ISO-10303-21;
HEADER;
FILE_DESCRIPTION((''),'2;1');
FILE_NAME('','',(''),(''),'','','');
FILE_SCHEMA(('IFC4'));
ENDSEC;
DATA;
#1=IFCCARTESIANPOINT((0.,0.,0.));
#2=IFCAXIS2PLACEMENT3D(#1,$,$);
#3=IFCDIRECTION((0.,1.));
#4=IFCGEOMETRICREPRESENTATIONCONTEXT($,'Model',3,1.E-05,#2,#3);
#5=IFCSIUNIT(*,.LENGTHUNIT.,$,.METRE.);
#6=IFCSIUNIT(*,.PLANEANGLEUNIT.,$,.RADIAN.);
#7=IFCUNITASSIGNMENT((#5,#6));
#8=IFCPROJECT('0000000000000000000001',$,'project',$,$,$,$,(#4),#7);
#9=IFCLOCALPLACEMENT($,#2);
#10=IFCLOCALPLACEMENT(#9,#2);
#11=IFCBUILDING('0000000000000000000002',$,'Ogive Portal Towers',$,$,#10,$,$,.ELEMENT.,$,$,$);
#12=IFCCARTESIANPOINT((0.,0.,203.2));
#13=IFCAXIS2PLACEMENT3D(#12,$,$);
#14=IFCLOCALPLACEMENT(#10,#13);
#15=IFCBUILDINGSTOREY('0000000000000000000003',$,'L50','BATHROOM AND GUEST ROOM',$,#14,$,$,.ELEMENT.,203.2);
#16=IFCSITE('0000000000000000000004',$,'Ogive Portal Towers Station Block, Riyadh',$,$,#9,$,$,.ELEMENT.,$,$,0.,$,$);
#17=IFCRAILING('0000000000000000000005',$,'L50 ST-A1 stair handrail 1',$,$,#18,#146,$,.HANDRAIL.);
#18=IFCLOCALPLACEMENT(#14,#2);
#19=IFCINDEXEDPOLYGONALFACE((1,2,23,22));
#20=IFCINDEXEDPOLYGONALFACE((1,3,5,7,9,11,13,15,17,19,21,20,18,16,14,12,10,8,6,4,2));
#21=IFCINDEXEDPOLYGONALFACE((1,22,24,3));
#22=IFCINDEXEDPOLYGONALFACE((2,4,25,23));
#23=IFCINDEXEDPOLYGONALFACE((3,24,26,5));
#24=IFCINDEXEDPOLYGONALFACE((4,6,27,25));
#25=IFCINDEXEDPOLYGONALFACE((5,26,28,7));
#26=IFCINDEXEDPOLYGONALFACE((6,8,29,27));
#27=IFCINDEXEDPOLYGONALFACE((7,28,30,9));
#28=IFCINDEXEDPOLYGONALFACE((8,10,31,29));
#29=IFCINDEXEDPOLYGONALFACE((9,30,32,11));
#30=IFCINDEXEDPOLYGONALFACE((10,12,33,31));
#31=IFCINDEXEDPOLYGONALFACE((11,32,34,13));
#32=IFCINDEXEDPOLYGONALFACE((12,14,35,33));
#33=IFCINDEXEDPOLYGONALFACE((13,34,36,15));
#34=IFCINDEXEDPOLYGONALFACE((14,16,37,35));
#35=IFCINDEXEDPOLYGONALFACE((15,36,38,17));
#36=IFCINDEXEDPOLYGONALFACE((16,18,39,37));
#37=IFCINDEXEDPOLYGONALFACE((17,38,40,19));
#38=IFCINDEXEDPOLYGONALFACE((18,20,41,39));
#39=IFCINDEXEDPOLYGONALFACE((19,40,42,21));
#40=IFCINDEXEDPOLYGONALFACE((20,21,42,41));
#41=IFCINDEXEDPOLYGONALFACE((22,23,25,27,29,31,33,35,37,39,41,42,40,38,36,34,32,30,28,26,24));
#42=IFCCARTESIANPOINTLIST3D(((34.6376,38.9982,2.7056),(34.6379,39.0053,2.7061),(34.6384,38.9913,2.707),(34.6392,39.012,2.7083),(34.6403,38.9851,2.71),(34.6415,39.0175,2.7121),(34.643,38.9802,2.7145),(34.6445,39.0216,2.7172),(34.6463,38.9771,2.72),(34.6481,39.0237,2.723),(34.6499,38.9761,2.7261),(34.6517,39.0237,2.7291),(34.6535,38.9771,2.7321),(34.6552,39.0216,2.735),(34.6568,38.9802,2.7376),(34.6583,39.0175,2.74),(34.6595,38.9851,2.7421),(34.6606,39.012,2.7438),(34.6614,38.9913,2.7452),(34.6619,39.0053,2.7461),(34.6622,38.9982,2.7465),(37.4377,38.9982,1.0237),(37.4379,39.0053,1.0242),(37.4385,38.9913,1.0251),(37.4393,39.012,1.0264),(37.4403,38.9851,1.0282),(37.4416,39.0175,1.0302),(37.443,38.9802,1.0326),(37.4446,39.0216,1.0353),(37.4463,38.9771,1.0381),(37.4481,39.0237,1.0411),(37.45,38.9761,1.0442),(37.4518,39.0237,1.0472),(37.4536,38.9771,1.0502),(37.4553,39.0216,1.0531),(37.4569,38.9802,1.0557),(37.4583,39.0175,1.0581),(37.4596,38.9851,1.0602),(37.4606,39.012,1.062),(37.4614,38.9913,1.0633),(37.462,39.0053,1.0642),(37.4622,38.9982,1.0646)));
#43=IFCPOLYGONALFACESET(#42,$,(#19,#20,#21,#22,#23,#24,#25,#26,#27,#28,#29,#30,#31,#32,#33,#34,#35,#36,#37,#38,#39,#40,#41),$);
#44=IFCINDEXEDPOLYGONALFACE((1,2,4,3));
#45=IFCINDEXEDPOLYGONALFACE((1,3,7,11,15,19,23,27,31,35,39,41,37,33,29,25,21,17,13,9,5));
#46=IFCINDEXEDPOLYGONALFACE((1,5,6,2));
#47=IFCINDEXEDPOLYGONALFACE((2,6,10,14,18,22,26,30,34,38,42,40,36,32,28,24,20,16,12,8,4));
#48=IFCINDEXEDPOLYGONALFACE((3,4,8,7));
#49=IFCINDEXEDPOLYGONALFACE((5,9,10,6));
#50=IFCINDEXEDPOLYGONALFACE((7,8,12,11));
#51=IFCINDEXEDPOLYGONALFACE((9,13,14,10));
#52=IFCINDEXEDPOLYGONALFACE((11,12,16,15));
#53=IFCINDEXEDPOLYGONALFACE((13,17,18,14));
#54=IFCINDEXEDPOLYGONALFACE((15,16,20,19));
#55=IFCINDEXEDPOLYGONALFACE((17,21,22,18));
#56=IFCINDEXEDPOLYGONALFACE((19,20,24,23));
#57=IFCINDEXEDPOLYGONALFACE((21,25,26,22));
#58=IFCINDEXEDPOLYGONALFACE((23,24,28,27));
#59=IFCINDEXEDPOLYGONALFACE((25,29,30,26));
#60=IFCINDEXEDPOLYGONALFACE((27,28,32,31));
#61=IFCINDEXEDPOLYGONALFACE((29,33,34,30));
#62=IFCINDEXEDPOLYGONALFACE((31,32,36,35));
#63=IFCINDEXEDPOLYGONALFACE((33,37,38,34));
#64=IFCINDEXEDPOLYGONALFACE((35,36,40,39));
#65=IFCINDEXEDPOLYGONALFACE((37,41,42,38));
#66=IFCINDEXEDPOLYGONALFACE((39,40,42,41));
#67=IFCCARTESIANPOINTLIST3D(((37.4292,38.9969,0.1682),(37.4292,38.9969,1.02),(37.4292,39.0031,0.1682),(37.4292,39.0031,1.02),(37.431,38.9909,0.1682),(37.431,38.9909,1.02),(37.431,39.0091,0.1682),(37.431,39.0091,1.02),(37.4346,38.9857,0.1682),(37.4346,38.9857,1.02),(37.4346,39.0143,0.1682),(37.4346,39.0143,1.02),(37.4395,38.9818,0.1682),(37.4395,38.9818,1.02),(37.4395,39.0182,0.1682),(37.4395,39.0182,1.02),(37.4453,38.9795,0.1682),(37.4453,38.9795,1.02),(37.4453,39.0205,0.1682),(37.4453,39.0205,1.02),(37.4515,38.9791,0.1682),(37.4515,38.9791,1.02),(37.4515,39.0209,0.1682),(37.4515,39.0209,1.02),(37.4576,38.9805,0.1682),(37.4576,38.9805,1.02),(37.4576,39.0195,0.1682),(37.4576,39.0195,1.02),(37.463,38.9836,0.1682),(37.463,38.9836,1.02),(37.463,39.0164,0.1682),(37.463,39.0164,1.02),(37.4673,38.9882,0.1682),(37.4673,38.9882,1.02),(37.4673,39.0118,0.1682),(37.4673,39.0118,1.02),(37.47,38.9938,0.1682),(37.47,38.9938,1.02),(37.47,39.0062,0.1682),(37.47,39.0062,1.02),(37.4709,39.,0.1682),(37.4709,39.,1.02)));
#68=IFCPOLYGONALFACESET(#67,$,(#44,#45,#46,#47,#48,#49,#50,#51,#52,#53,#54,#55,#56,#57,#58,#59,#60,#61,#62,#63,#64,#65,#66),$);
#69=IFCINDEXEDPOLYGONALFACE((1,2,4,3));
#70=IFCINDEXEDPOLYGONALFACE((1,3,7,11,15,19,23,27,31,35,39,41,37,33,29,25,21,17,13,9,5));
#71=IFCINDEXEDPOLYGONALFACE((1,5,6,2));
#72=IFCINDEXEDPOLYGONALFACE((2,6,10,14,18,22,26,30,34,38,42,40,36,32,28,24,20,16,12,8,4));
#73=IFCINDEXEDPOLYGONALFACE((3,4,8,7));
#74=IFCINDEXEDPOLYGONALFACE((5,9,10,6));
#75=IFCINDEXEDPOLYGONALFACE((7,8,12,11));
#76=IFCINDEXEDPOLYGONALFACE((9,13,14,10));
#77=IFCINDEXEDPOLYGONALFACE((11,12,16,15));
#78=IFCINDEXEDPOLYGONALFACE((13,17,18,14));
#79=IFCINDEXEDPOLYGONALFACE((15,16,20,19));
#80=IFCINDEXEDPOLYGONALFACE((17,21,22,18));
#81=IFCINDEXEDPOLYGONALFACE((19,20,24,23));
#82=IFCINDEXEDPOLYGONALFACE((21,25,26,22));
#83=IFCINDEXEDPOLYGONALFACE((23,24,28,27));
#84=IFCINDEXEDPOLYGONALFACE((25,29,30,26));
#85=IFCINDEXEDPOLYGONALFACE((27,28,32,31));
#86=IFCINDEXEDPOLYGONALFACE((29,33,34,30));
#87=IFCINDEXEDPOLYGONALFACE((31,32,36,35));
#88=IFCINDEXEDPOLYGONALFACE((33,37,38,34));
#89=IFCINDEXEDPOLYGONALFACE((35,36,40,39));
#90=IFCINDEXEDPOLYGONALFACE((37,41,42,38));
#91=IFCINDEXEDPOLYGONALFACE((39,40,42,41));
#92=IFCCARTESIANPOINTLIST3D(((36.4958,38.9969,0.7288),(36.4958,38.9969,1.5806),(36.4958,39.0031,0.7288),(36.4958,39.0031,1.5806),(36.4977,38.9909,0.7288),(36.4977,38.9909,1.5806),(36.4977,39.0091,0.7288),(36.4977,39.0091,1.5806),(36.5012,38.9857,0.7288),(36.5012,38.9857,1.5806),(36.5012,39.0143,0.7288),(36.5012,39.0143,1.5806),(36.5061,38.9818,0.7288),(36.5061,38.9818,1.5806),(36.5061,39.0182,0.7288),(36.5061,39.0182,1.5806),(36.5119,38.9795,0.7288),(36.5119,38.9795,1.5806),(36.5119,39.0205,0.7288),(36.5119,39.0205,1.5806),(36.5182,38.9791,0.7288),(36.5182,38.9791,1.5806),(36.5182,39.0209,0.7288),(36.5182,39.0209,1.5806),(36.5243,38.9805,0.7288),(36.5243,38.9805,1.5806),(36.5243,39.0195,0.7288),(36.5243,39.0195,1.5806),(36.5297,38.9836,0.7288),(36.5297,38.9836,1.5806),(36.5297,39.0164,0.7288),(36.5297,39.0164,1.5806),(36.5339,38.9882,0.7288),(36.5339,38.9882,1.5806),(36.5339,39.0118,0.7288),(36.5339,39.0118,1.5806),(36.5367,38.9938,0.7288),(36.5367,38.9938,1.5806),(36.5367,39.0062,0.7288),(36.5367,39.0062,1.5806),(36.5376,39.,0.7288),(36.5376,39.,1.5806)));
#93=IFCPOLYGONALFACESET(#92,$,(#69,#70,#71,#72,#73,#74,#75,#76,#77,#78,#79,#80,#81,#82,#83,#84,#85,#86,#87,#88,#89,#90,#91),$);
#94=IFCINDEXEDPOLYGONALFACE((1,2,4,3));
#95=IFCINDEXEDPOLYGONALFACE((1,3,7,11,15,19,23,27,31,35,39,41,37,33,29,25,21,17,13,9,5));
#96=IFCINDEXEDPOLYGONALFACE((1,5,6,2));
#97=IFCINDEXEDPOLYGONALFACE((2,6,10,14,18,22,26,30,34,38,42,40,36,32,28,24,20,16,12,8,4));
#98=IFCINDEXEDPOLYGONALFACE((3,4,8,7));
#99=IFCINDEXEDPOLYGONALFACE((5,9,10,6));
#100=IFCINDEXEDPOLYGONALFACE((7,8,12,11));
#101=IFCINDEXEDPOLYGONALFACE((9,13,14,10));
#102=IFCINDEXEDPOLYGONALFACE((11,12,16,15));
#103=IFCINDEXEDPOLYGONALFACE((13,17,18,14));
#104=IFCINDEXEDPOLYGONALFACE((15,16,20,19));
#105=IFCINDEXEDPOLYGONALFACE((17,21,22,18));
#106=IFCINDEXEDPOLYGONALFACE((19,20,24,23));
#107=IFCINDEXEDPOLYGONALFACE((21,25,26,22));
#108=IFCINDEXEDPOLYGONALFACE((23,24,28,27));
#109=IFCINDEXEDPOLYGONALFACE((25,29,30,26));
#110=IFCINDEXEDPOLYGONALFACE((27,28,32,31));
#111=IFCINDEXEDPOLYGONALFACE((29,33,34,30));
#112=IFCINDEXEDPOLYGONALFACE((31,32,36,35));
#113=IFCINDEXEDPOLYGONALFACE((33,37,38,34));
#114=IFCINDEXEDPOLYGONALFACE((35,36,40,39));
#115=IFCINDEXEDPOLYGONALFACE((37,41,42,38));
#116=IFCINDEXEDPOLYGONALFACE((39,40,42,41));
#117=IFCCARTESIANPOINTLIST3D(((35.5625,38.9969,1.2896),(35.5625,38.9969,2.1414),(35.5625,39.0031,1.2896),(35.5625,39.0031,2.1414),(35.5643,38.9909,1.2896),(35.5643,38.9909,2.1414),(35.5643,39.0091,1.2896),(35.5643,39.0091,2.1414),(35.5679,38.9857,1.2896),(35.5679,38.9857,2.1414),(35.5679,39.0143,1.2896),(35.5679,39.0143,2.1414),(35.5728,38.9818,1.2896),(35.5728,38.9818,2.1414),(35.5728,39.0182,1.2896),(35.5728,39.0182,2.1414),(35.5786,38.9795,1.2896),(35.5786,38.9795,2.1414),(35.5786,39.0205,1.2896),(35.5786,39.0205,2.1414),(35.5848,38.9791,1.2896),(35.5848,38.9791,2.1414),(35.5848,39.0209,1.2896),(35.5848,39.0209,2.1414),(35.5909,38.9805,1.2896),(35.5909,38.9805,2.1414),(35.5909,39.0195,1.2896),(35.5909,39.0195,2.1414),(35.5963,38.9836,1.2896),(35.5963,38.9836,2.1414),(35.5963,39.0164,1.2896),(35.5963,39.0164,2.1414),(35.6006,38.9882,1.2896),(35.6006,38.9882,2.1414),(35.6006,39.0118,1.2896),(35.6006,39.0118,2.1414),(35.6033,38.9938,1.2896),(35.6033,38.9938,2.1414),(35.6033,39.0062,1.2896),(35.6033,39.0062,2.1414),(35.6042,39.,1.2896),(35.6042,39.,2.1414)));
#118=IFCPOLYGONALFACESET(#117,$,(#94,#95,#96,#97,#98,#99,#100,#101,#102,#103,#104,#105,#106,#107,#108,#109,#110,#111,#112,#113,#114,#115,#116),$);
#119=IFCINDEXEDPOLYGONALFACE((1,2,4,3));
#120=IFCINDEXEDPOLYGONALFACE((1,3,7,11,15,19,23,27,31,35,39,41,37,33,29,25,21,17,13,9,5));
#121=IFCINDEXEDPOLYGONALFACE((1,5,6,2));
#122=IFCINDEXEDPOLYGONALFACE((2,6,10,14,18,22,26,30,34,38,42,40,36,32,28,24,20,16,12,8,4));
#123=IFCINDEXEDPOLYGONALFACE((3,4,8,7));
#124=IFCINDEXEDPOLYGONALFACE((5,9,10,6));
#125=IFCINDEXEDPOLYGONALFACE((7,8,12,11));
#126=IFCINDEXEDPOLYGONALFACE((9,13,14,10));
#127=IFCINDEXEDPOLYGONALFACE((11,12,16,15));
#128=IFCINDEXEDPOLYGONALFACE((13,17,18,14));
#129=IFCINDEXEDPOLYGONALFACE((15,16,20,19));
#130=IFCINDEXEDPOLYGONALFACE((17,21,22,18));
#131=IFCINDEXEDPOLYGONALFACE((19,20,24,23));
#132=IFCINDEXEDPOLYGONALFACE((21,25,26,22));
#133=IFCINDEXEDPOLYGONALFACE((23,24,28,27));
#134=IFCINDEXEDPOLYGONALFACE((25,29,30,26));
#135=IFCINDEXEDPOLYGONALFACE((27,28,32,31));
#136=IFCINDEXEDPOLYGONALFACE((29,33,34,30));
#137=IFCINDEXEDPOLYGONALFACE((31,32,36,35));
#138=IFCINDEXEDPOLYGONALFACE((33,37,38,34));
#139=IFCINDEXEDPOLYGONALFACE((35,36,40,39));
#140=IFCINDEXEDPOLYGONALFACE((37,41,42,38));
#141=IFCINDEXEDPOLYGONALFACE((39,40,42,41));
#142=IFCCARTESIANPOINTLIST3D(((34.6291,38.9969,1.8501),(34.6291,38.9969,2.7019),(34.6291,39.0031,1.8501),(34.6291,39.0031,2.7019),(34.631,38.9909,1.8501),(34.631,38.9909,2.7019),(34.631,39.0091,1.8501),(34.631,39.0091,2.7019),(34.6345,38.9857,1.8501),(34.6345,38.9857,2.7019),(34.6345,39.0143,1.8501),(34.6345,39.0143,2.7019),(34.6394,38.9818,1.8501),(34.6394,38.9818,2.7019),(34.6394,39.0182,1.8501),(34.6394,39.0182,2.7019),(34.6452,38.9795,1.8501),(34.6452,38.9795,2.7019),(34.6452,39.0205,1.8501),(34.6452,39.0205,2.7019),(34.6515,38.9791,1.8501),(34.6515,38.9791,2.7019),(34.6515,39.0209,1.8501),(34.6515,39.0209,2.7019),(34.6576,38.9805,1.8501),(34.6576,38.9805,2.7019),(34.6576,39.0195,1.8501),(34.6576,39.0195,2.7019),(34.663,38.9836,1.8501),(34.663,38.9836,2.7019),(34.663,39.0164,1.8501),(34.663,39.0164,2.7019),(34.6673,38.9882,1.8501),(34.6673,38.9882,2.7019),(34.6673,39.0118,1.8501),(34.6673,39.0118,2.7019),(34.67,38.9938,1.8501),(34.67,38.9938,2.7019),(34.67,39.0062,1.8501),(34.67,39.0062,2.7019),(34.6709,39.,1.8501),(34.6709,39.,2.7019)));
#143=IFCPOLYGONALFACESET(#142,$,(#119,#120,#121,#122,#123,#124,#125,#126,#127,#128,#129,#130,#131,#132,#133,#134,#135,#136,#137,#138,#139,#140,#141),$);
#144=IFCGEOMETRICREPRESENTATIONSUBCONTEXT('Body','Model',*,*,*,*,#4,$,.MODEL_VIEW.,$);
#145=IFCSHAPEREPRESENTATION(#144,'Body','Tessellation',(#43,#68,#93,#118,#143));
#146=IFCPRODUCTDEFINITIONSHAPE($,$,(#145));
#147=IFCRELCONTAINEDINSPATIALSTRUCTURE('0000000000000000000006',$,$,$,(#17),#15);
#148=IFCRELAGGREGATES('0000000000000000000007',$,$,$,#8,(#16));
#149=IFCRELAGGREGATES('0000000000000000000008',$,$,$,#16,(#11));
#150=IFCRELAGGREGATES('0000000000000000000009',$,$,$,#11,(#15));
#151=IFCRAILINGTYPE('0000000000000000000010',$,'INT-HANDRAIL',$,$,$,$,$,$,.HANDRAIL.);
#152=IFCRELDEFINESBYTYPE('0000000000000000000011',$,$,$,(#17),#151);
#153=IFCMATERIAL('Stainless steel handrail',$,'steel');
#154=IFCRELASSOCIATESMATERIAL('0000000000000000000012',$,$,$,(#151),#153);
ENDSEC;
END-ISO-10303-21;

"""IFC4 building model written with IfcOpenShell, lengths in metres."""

from ifc_helpers import new_model, si_unit, direction, frame, origin, origin_2d, place, context, subcontext, project, spatial, circle, extrude, material, type_object, element, save


model = new_model("IFC4")

# Units and contexts
model_context = context("Model", 3, precision=1e-05, world=origin(), true_north=direction((0.0, 1.0)))
body_context = subcontext(model_context, "Body", "Model", "MODEL_VIEW")
ifc_project = project(units=[si_unit("LENGTHUNIT", "METRE"), si_unit("PLANEANGLEUNIT", "RADIAN")], contexts=[model_context])

# Site, building, storey
site_placement = place(None, origin())
site = spatial("IfcSite", under=ifc_project, at=site_placement, Name="Ogive Portal Towers Station Block, Riyadh", CompositionType="ELEMENT", RefElevation=0.0)
building_placement = place(site_placement, origin())
building = spatial("IfcBuilding", under=site, at=building_placement, Name="Ogive Portal Towers", CompositionType="ELEMENT")
storey_placement = place(building_placement, frame((0.0, 0.0, 203.2)))
storey = spatial("IfcBuildingStorey", under=building, at=storey_placement, Name="L50", Description="BATHROOM AND GUEST ROOM", CompositionType="ELEMENT", Elevation=203.2)

# Railing
ifc_material_1 = material(Name="Stainless steel handrail", Category="steel")
railing_type_1 = type_object("IfcRailingType", Name="INT-HANDRAIL", PredefinedType="HANDRAIL", material=ifc_material_1)
railing_1_placement = place(storey_placement, frame((37.45, 39.0, 0.1682)))
element("IfcRailing", 1, at=railing_1_placement, inside=storey, type_object=railing_type_1, Name="L50 ST-A1 stair handrail 1", PredefinedType="HANDRAIL", context=body_context, shape_type="SweptSolid", body=[
    extrude(circle(Radius=0.0239, at=origin_2d()), frame((0.0, 0.0, 0.876), z_axis=(-0.857242, 0.0, 0.514913), x_axis=(0.0, -1.0, 0.0)), (0.0, 0.0, 1.0), 3.2664),
    extrude(circle(Radius=0.021, at=origin_2d()), origin(), (0.0, 0.0, 1.0), 0.8518),
    extrude(circle(Radius=0.021, at=origin_2d()), frame((-0.9333, 0.0, 0.5605)), (0.0, 0.0, 1.0), 0.8518),
    extrude(circle(Radius=0.021, at=origin_2d()), frame((-1.8667, 0.0, 1.1213)), (0.0, 0.0, 1.0), 0.8518),
    extrude(circle(Radius=0.021, at=origin_2d()), frame((-2.8, 0.0, 1.6819)), (0.0, 0.0, 1.0), 0.8518),
])

save(model, "model.ifc")
